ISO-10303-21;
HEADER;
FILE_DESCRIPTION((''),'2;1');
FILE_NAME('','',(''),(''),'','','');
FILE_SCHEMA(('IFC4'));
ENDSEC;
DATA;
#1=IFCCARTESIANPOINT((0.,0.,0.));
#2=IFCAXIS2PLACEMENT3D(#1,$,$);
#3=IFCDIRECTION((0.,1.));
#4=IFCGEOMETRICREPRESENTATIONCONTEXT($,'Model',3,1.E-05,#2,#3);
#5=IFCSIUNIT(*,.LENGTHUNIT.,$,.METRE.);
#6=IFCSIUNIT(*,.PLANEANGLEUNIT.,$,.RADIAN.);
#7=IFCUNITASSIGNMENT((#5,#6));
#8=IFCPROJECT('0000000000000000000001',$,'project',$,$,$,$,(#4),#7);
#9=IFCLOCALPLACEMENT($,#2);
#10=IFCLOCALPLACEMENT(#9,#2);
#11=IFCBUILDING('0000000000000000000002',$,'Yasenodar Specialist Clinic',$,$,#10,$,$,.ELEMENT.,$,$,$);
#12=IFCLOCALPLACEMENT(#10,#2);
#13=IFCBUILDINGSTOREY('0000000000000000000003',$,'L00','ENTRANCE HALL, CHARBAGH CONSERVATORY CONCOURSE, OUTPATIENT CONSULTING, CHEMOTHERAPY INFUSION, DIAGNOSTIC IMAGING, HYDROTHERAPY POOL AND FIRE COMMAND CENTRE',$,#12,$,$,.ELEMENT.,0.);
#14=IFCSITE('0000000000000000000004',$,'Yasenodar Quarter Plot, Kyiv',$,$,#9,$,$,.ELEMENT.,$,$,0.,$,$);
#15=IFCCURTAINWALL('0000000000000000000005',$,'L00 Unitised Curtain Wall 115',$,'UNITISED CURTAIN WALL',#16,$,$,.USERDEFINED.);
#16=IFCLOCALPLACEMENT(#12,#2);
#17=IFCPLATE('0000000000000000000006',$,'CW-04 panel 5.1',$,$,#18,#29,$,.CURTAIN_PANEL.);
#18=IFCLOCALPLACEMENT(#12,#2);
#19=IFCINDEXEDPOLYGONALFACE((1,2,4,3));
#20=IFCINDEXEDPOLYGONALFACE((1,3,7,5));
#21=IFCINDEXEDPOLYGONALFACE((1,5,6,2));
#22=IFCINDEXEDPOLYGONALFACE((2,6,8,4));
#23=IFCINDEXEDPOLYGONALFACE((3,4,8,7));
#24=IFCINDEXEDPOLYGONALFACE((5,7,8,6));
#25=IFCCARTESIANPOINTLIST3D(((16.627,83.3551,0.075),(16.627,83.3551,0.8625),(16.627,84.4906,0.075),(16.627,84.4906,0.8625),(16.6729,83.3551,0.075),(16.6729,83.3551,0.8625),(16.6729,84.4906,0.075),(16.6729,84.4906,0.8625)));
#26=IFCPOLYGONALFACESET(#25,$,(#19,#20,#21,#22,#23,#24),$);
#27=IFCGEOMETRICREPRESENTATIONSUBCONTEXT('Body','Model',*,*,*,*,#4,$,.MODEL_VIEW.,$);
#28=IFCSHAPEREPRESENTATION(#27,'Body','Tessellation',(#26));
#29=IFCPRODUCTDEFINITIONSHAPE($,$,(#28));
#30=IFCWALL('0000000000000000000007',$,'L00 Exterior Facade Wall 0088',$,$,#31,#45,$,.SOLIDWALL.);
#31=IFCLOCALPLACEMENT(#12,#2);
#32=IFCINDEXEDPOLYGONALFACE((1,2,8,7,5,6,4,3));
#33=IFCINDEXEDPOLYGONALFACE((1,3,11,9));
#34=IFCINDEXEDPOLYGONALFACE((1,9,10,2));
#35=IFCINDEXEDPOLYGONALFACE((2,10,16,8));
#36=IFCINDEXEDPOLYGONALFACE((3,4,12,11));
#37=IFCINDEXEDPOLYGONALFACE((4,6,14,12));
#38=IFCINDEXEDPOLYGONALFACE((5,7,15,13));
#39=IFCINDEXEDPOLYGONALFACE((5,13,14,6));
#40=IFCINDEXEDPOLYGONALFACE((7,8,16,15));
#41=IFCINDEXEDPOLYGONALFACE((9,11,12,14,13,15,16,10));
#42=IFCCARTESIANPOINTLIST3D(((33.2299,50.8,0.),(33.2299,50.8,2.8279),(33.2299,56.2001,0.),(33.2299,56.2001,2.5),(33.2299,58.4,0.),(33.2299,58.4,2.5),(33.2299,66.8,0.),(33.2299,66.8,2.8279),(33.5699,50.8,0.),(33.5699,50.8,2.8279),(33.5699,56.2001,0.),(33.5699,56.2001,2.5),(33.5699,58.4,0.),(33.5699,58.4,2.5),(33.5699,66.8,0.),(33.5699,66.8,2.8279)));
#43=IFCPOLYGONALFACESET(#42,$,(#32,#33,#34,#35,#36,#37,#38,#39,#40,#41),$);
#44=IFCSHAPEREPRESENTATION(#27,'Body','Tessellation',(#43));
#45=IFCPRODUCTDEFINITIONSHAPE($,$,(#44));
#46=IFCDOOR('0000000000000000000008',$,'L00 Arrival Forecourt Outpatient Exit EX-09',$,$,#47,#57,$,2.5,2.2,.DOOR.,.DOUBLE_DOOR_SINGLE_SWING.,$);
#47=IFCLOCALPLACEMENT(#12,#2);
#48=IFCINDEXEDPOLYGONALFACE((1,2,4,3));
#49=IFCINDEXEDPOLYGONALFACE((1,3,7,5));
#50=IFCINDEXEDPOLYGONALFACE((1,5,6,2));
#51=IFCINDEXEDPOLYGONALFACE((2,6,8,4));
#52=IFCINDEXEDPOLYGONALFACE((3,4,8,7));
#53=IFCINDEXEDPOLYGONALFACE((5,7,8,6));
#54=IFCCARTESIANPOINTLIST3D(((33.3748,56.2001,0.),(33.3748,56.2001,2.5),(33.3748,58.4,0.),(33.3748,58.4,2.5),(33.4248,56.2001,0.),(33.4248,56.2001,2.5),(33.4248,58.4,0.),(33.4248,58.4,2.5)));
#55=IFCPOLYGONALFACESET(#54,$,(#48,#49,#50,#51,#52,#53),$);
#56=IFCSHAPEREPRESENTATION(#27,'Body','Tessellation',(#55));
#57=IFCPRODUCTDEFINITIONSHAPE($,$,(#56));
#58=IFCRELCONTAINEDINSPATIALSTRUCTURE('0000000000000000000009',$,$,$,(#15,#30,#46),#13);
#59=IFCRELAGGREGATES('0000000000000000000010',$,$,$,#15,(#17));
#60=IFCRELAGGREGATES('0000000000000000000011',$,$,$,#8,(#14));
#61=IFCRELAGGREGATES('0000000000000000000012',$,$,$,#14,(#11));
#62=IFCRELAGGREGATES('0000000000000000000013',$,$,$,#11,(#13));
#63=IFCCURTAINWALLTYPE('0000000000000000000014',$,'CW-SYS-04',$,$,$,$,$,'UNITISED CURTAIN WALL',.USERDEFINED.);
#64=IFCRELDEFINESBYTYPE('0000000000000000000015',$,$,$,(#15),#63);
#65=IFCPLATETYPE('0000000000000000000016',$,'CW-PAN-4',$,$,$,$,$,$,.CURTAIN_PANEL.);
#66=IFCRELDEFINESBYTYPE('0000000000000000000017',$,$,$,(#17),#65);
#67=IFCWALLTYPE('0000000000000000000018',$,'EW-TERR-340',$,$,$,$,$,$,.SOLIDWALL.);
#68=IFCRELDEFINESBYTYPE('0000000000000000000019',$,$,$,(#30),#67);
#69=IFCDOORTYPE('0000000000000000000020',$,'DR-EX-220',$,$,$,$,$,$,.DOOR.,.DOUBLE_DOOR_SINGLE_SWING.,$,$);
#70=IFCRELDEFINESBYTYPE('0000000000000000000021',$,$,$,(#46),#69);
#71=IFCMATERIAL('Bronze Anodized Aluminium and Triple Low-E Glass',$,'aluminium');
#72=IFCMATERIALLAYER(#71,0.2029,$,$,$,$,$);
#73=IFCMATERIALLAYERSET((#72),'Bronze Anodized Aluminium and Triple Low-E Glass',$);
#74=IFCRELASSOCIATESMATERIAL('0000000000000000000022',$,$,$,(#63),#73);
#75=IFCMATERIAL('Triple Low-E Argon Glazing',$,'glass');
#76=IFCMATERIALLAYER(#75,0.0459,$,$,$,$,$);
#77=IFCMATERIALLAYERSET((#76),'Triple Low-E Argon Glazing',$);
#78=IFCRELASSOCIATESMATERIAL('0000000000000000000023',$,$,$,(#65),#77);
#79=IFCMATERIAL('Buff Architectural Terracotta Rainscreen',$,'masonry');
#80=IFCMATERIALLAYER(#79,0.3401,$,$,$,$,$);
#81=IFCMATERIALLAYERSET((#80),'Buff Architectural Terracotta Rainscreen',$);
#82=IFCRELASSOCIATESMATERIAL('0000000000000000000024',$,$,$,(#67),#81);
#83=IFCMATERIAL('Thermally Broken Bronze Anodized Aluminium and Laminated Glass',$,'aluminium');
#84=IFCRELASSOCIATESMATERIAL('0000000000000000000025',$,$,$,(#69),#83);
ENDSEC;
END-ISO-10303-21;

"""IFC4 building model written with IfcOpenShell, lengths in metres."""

from ifc_helpers import new_model, si_unit, direction, frame, frame_2d, origin, origin_2d, place, context, subcontext, project, spatial, rectangle, extrude, material, layer, layer_set, type_object, element, fill, aggregate, save


model = new_model("IFC4")

# Units and contexts
model_context = context("Model", 3, precision=1e-05, world=origin(), true_north=direction((0.0, 1.0)))
body_context = subcontext(model_context, "Body", "Model", "MODEL_VIEW")
ifc_project = project(units=[si_unit("LENGTHUNIT", "METRE"), si_unit("PLANEANGLEUNIT", "RADIAN")], contexts=[model_context])

# Site, building, storey
site_placement = place(None, origin())
site = spatial("IfcSite", under=ifc_project, at=site_placement, Name="Yasenodar Quarter Plot, Kyiv", CompositionType="ELEMENT", RefElevation=0.0)
building_placement = place(site_placement, origin())
building = spatial("IfcBuilding", under=site, at=building_placement, Name="Yasenodar Specialist Clinic", CompositionType="ELEMENT")
storey_placement = place(building_placement, origin())
storey = spatial("IfcBuildingStorey", under=building, at=storey_placement, Name="L00", Description="ENTRANCE HALL, CHARBAGH CONSERVATORY CONCOURSE, OUTPATIENT CONSULTING, CHEMOTHERAPY INFUSION, DIAGNOSTIC IMAGING, HYDROTHERAPY POOL AND FIRE COMMAND CENTRE", CompositionType="ELEMENT", Elevation=0.0)

# Curtain wall
ifc_material_1 = material(Name="Bronze Anodized Aluminium and Triple Low-E Glass", Category="aluminium")
ifc_layer_1 = layer(ifc_material_1, 0.2029)
ifc_layer_set_1 = layer_set([ifc_layer_1], Name="Bronze Anodized Aluminium and Triple Low-E Glass")
curtain_wall_type = type_object("IfcCurtainWallType", Name="CW-SYS-04", ElementType="UNITISED CURTAIN WALL", PredefinedType="USERDEFINED", material=ifc_layer_set_1)
curtain_wall_1_placement = place(storey_placement, origin())
curtain_wall_1 = element("IfcCurtainWall", 1, at=curtain_wall_1_placement, inside=storey, type_object=curtain_wall_type, Name="L00 Unitised Curtain Wall 115", ObjectType="UNITISED CURTAIN WALL", PredefinedType="USERDEFINED")

# Plate
ifc_material_2 = material(Name="Triple Low-E Argon Glazing", Category="glass")
ifc_layer_2 = layer(ifc_material_2, 0.0459)
ifc_layer_set_2 = layer_set([ifc_layer_2], Name="Triple Low-E Argon Glazing")
plate_type = type_object("IfcPlateType", Name="CW-PAN-4", PredefinedType="CURTAIN_PANEL", material=ifc_layer_set_2)
plate_placement = place(storey_placement, frame((16.6499, 83.9229, 0.075), z_axis=(0.0, 0.0, 1.0), x_axis=(0.0, -1.0, 0.0)))
plate = element("IfcPlate", 2, at=plate_placement, type_object=plate_type, Name="CW-04 panel 5.1", PredefinedType="CURTAIN_PANEL", context=body_context, shape_type="SweptSolid", body=[
    extrude(rectangle(XDim=1.1355, YDim=0.0459, at=origin_2d()), origin(), (0.0, 0.0, 1.0), 0.7876),
])
aggregate(curtain_wall_1, [plate])

# Wall, opening, door
ifc_material_3 = material(Name="Buff Architectural Terracotta Rainscreen", Category="masonry")
ifc_layer_3 = layer(ifc_material_3, 0.3401)
ifc_layer_set_3 = layer_set([ifc_layer_3], Name="Buff Architectural Terracotta Rainscreen")
wall_type = type_object("IfcWallType", Name="EW-TERR-340", PredefinedType="SOLIDWALL", material=ifc_layer_set_3)
wall_placement = place(storey_placement, frame((33.3999, 66.8, 0.0), z_axis=(0.0, 0.0, 1.0), x_axis=(0.0, -1.0, 0.0)))
wall = element("IfcWall", 3, at=wall_placement, inside=storey, type_object=wall_type, Name="L00 Exterior Facade Wall 0088", PredefinedType="SOLIDWALL", context=body_context, shape_type="SweptSolid", body=[
    extrude(rectangle(XDim=16.0, YDim=0.3401, at=frame_2d((8.0, 0.0))), origin(), (0.0, 0.0, 1.0), 2.8279),
])
opening_placement = place(wall_placement, frame((8.3999, 0.0, 0.0)))
opening = element("IfcOpeningElement", 4, at=opening_placement, cuts=wall, PredefinedType="OPENING", context=body_context, shape_type="SweptSolid", body=[
    extrude(rectangle(XDim=2.2, YDim=2.5, at=frame_2d((1.1001, 1.25))), frame((0.0, 0.1802, 0.0), z_axis=(0.0, -1.0, 0.0), x_axis=(1.0, 0.0, 0.0)), (0.0, 0.0, 1.0), 0.3601),
])
ifc_material_4 = material(Name="Thermally Broken Bronze Anodized Aluminium and Laminated Glass", Category="aluminium")
door_type = type_object("IfcDoorType", Name="DR-EX-220", OperationType="DOUBLE_DOOR_SINGLE_SWING", PredefinedType="DOOR", material=ifc_material_4)
door_placement = place(opening_placement, origin())
door = element("IfcDoor", 5, at=door_placement, inside=storey, type_object=door_type, Name="L00 Arrival Forecourt Outpatient Exit EX-09", OperationType="DOUBLE_DOOR_SINGLE_SWING", OverallHeight=2.5, OverallWidth=2.2, PredefinedType="DOOR", context=body_context, shape_type="SweptSolid", body=[
    extrude(rectangle(XDim=2.2, YDim=2.5, at=frame_2d((1.1001, 1.25))), frame((0.0, 0.0249, 0.0), z_axis=(0.0, -1.0, 0.0), x_axis=(1.0, 0.0, 0.0)), (0.0, 0.0, 1.0), 0.05),
])
fill(opening, door)

save(model, "model.ifc")
